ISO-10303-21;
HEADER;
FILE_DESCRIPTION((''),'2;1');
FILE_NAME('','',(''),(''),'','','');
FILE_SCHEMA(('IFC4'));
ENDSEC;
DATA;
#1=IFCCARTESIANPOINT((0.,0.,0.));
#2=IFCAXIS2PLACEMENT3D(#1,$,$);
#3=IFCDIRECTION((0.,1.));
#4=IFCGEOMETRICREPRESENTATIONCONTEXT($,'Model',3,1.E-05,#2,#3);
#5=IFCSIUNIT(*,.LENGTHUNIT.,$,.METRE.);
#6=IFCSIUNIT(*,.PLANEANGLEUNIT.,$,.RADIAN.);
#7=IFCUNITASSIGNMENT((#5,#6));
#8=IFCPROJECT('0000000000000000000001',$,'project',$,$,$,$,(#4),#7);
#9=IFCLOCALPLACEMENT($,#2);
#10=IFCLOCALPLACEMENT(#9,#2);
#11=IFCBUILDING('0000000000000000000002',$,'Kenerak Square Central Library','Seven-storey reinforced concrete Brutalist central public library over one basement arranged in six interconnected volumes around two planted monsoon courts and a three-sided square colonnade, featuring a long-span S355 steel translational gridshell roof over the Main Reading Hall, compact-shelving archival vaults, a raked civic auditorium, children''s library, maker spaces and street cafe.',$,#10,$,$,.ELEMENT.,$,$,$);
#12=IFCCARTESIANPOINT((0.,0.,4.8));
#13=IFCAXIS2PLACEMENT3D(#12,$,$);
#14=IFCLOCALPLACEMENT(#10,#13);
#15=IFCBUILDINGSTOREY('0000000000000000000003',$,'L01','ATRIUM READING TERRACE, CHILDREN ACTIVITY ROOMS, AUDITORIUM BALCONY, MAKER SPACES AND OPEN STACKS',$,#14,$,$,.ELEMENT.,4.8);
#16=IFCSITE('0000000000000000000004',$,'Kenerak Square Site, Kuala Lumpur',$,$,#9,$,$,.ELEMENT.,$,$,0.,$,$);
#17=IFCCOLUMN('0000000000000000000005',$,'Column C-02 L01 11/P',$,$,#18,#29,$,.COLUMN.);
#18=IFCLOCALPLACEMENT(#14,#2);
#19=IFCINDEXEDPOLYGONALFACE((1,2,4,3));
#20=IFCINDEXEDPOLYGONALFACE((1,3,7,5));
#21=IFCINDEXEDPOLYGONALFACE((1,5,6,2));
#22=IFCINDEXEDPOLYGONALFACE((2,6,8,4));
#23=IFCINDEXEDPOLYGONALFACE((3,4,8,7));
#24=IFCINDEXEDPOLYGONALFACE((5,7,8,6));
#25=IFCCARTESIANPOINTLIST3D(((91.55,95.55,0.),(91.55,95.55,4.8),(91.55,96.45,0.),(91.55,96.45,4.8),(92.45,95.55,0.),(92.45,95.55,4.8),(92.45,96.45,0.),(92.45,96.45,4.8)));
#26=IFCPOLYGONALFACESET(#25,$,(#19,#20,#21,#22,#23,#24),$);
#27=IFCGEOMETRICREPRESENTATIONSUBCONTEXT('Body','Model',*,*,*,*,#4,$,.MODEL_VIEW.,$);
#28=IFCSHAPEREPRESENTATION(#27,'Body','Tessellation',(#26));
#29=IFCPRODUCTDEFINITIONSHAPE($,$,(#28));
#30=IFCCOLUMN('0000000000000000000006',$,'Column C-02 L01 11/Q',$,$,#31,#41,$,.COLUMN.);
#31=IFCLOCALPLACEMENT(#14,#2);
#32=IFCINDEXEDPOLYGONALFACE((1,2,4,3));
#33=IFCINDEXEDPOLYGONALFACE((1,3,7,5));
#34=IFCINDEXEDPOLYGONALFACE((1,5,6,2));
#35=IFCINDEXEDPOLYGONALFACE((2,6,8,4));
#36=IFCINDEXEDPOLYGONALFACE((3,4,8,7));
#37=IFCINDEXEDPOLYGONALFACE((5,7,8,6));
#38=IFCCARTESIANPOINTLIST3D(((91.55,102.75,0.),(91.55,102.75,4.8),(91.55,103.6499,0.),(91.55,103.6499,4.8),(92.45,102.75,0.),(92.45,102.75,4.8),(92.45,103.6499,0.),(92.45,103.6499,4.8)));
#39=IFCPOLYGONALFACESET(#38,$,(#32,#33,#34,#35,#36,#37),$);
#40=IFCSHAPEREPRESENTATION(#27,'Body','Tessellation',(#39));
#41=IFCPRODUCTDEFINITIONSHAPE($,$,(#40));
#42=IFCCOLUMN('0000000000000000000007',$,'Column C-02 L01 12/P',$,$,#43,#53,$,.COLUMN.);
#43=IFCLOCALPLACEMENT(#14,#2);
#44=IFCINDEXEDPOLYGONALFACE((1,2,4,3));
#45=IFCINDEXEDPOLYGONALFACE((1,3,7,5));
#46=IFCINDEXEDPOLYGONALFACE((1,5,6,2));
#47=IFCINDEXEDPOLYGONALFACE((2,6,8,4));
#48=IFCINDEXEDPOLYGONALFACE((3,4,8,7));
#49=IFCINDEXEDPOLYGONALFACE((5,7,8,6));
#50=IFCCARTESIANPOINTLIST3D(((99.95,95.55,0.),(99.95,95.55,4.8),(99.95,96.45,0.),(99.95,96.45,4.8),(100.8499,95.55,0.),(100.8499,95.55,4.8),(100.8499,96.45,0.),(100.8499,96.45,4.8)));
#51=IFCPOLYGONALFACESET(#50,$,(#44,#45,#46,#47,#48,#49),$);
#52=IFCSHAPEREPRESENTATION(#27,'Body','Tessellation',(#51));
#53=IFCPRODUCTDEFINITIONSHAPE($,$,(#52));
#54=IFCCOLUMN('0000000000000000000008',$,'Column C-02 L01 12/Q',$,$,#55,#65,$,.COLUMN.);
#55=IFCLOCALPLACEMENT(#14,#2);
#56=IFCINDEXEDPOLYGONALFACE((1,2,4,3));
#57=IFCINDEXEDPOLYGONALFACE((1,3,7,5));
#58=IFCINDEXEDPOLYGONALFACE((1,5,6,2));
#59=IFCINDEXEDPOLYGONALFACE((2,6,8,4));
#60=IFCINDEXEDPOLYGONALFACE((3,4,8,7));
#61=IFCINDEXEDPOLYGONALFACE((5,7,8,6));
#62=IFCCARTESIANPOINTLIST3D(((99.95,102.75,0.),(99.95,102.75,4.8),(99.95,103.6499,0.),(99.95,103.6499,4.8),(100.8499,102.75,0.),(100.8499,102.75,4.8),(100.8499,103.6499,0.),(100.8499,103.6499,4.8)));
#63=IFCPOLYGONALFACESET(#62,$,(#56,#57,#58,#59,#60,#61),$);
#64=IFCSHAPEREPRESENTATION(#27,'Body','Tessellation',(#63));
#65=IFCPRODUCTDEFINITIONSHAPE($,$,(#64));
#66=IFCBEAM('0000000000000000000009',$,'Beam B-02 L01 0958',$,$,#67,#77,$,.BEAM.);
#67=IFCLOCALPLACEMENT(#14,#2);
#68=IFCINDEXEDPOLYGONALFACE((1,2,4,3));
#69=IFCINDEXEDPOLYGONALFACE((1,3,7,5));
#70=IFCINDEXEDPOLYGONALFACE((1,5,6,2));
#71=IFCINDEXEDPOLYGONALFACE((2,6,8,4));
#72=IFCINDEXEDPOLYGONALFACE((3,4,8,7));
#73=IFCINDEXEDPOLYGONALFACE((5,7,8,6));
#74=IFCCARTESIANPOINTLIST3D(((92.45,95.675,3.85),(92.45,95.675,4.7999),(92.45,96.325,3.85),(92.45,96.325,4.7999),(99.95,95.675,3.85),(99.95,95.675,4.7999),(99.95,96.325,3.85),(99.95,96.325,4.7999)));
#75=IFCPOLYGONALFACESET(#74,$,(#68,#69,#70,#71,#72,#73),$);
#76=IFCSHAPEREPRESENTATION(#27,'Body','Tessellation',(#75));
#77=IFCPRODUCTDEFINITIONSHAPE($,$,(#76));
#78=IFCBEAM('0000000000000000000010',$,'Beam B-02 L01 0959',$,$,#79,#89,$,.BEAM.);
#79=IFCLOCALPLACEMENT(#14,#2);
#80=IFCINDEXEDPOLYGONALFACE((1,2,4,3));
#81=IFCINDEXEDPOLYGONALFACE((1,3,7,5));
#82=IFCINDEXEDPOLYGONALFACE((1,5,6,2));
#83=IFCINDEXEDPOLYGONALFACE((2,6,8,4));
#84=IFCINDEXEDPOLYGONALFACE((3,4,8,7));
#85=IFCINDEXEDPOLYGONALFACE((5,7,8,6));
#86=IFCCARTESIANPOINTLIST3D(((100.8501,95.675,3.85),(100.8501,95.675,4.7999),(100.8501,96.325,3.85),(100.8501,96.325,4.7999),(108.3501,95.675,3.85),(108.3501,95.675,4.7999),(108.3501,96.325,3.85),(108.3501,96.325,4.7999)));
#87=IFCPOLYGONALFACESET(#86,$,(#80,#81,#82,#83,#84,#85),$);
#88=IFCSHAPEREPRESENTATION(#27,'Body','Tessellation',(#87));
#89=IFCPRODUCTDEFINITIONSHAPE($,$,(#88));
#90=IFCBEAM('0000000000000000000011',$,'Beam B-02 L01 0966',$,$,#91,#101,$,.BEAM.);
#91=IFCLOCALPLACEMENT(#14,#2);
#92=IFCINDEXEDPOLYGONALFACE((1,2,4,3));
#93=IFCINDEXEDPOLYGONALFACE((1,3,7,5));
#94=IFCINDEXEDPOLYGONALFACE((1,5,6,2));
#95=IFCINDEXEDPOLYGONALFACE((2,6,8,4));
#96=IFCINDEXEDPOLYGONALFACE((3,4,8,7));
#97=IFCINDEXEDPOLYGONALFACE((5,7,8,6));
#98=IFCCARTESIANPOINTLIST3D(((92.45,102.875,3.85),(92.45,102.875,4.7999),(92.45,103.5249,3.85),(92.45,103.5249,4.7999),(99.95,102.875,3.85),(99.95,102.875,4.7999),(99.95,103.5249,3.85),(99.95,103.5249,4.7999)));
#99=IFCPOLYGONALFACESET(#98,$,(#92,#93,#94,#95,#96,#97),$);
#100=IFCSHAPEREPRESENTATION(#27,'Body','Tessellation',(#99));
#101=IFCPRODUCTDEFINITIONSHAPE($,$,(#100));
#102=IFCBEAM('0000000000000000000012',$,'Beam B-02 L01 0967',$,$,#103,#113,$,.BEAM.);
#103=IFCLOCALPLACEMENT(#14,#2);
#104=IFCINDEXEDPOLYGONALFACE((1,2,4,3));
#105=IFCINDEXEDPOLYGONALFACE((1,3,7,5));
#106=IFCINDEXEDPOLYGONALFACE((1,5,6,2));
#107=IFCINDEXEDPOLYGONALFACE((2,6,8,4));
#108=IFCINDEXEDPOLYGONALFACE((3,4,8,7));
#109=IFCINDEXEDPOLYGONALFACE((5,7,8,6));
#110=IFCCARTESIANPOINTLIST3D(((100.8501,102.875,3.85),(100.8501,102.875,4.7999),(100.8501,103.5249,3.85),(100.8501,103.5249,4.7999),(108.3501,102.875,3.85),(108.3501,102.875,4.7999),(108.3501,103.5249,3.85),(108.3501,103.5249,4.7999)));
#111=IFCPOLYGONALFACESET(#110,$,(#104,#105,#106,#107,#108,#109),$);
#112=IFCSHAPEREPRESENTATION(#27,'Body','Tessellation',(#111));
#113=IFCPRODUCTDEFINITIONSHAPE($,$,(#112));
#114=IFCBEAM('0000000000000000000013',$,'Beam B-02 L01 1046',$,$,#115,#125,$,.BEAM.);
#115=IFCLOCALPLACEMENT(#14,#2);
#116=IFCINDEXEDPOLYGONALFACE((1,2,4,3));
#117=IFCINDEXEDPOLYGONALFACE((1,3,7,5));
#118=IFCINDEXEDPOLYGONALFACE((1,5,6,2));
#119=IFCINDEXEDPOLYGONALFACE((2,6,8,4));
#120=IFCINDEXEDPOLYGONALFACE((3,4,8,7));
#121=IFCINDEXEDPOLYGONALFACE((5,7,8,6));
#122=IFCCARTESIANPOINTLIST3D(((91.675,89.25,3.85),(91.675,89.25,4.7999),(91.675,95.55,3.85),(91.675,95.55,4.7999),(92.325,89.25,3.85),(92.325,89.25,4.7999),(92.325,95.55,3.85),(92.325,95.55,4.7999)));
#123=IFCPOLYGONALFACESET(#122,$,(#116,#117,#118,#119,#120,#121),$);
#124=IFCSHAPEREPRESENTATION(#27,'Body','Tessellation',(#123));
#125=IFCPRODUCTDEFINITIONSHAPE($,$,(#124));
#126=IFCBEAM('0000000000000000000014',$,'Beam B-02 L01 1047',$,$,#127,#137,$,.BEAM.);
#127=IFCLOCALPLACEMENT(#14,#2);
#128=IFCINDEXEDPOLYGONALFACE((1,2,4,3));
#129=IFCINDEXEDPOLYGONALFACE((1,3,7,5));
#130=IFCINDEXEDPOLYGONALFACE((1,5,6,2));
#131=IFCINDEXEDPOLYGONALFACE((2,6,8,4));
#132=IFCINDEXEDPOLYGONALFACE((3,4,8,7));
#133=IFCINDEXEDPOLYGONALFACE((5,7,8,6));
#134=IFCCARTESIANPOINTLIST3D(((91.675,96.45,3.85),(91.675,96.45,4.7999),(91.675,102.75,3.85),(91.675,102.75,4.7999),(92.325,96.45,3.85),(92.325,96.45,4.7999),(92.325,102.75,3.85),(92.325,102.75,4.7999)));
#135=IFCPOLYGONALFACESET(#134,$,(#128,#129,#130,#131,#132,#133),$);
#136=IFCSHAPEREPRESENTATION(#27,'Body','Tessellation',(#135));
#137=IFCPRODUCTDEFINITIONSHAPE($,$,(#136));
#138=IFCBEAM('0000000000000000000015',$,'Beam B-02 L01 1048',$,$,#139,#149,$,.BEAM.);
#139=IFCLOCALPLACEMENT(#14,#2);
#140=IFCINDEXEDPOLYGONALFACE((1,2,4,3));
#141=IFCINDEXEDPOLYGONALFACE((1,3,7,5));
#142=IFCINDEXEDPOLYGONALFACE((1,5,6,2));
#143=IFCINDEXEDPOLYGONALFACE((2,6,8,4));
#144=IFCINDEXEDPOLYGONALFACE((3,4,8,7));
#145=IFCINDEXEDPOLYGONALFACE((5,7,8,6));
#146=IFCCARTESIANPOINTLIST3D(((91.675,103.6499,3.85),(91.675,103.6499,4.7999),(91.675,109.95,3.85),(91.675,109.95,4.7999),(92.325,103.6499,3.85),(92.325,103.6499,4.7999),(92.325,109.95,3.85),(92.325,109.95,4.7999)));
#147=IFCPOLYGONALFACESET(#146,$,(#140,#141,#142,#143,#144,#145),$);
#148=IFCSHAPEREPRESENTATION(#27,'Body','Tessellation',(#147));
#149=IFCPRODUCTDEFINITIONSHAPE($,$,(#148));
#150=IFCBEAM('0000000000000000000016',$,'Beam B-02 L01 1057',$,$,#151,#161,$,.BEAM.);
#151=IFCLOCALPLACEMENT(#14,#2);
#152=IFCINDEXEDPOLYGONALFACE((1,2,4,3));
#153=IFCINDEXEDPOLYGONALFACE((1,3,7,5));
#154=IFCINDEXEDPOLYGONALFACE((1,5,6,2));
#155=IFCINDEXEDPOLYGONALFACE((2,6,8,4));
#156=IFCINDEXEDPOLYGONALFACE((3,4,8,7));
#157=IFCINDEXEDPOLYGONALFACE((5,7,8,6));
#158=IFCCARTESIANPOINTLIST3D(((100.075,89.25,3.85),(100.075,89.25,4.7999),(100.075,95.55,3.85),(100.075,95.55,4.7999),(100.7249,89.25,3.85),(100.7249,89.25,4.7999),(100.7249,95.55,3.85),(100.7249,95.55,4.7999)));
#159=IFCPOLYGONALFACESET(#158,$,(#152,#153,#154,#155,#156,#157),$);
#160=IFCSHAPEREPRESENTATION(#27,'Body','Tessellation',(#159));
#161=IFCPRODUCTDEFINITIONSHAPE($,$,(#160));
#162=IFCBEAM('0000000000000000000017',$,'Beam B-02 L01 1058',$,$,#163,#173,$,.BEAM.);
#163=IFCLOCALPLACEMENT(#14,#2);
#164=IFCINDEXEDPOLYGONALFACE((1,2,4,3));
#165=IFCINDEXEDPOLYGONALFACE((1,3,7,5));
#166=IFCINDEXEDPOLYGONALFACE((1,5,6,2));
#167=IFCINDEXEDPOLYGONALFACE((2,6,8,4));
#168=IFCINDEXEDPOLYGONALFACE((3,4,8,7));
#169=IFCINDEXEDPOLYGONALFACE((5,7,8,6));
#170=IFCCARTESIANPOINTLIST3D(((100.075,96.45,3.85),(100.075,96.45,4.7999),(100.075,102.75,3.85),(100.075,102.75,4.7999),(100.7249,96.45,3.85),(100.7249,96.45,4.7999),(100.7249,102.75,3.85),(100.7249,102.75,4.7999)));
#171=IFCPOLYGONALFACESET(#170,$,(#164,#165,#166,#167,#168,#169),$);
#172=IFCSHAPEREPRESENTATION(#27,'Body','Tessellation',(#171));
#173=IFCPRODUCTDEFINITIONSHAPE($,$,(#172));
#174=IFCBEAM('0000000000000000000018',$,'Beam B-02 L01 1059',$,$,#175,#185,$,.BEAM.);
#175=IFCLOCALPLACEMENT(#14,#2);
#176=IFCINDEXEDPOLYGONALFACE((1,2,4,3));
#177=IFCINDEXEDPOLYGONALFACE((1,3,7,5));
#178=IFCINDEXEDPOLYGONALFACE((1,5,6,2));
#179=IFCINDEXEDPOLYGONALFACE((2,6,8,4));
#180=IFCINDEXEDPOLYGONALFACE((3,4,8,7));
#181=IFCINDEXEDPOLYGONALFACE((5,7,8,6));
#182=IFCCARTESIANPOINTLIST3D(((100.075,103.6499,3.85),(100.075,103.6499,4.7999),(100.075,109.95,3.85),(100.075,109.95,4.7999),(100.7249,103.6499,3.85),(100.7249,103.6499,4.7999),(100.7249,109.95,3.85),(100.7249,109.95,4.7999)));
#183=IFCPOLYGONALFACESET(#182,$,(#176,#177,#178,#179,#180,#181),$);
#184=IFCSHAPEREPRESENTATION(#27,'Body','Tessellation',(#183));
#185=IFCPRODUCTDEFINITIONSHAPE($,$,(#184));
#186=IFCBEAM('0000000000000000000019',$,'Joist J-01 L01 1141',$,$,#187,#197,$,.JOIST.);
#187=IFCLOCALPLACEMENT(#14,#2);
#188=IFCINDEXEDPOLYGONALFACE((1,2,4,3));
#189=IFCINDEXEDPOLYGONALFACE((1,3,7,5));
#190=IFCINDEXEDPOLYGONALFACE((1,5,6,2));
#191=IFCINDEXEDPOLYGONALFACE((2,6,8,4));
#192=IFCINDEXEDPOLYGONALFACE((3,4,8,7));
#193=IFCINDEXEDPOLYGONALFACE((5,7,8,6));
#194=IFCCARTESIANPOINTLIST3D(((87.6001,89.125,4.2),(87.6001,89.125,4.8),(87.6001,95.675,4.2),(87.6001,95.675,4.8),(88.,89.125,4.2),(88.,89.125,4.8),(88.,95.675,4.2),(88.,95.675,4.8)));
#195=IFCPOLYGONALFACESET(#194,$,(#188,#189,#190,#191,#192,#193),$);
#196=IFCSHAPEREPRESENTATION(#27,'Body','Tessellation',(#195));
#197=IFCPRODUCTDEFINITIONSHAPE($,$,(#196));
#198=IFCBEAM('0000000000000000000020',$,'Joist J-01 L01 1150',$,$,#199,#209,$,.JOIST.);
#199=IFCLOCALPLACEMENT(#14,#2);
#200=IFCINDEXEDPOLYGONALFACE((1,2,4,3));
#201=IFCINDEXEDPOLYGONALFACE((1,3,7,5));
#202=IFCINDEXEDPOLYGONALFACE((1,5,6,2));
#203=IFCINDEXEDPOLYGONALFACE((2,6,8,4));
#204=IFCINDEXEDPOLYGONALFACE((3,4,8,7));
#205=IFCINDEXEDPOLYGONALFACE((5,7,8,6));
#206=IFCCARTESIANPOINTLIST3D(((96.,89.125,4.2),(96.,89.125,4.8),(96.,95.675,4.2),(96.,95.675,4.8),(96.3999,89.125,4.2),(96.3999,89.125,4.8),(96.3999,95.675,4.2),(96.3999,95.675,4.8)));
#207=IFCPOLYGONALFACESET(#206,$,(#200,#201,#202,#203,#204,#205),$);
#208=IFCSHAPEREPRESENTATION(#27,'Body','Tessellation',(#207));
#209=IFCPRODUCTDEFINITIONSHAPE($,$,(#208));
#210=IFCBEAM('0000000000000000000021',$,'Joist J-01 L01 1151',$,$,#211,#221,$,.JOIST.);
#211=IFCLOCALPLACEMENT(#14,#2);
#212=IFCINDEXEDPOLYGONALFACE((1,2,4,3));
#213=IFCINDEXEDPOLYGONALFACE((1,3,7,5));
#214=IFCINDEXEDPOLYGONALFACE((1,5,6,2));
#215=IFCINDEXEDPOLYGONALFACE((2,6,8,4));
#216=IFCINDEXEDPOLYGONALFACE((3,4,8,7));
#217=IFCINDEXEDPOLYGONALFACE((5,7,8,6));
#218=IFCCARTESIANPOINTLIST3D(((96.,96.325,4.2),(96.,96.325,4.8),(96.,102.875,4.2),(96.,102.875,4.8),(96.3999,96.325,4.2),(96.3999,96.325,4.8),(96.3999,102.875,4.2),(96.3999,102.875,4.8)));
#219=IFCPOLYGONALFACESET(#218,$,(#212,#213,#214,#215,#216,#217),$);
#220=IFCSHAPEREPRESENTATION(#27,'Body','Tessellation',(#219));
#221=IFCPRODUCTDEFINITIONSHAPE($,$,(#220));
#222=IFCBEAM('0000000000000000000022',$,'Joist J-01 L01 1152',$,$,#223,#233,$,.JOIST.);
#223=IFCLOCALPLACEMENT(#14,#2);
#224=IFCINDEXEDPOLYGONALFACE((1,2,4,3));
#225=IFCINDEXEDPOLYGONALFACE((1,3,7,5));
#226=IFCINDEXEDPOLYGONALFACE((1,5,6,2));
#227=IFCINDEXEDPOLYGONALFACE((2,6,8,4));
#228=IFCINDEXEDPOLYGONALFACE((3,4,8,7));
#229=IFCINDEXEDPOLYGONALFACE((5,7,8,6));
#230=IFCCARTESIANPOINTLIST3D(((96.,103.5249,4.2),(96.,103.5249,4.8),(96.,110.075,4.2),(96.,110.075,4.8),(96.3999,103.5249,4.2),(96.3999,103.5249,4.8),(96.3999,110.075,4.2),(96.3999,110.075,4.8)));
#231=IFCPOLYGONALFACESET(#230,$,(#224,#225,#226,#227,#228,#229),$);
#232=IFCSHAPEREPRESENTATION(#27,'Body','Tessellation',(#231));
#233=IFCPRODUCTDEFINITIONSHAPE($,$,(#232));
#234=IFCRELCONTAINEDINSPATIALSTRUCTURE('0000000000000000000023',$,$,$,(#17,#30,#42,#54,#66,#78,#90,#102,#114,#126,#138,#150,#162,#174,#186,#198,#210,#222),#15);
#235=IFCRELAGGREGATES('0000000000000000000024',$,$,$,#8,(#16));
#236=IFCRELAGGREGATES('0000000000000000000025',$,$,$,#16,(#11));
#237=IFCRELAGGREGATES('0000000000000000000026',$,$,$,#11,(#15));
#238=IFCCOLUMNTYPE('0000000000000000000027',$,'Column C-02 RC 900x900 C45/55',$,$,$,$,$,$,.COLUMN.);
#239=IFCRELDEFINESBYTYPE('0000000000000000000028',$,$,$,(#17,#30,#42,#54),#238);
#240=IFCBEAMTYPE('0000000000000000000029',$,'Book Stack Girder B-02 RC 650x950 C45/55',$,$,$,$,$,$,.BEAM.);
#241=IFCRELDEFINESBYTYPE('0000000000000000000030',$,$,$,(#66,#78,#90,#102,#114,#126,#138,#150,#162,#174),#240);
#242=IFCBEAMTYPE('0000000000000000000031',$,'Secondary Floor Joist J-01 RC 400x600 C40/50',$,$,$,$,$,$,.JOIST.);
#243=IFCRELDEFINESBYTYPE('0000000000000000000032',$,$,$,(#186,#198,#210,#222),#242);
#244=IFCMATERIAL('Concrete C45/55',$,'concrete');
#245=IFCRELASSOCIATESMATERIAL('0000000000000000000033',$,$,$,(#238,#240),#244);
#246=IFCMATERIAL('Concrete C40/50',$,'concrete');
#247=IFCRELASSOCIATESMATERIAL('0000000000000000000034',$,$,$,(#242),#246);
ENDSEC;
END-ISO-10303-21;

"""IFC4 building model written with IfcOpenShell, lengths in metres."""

from ifc_helpers import new_model, si_unit, direction, frame, origin, origin_2d, place, context, subcontext, project, spatial, rectangle, extrude, material, material_profile, profile_set, type_object, element, save


model = new_model("IFC4")

# Units and contexts
model_context = context("Model", 3, precision=1e-05, world=origin(), true_north=direction((0.0, 1.0)))
body_context = subcontext(model_context, "Body", "Model", "MODEL_VIEW")
ifc_project = project(units=[si_unit("LENGTHUNIT", "METRE"), si_unit("PLANEANGLEUNIT", "RADIAN")], contexts=[model_context])

# Site, building, storey
site_placement = place(None, origin())
site = spatial("IfcSite", under=ifc_project, at=site_placement, Name="Kenerak Square Site, Kuala Lumpur", CompositionType="ELEMENT", RefElevation=0.0)
building_placement = place(site_placement, origin())
building = spatial("IfcBuilding", under=site, at=building_placement, Name="Kenerak Square Central Library", Description="Seven-storey reinforced concrete Brutalist central public library over one basement arranged in six interconnected volumes around two planted monsoon courts and a three-sided square colonnade, featuring a long-span S355 steel translational gridshell roof over the Main Reading Hall, compact-shelving archival vaults, a raked civic auditorium, children's library, maker spaces and street cafe.", CompositionType="ELEMENT")
storey_placement = place(building_placement, frame((0.0, 0.0, 4.8)))
storey = spatial("IfcBuildingStorey", under=building, at=storey_placement, Name="L01", Description="ATRIUM READING TERRACE, CHILDREN ACTIVITY ROOMS, AUDITORIUM BALCONY, MAKER SPACES AND OPEN STACKS", CompositionType="ELEMENT", Elevation=4.8)

# Columns
ifc_material_1 = material(Name="Concrete C45/55", Category="concrete")
ifc_material_profile_1 = material_profile(ifc_material_1, rectangle(XDim=0.8999, YDim=0.8999, at=origin_2d()), Name="RC 900x900")
ifc_profile_set_1 = profile_set([ifc_material_profile_1], Name="Concrete C45/55")
column_type = type_object("IfcColumnType", Name="Column C-02 RC 900x900 C45/55", PredefinedType="COLUMN", material=ifc_profile_set_1)
for number, where, z_axis, x_axis, name in (
    (1, (92.0, 96.0, 0.0), (0.0, 0.0, 1.0), (1.0, 0.0, 0.0), "Column C-02 L01 11/P"),
    (2, (92.0, 103.2, 0.0), (0.0, 0.0, 1.0), (1.0, 0.0, 0.0), "Column C-02 L01 11/Q"),
    (3, (100.3999, 96.0, 0.0), (0.0, 0.0, 1.0), (1.0, 0.0, 0.0), "Column C-02 L01 12/P"),
    (4, (100.3999, 103.2, 0.0), (0.0, 0.0, 1.0), (1.0, 0.0, 0.0), "Column C-02 L01 12/Q"),
):
    element("IfcColumn", number, at=place(storey_placement, frame(where, z_axis=z_axis, x_axis=x_axis)), inside=storey, type_object=column_type, Name=name, PredefinedType="COLUMN", context=body_context, shape_type="SweptSolid", body=[
        extrude(rectangle(XDim=0.8999, YDim=0.8999, at=origin_2d()), origin(), (0.0, 0.0, 1.0), 4.8),
    ])

# Beams
ifc_material_profile_2 = material_profile(ifc_material_1, rectangle(XDim=0.6499, YDim=0.95, at=origin_2d()), Name="RC 650x950")
ifc_profile_set_2 = profile_set([ifc_material_profile_2], Name="Concrete C45/55")
beam_type_1 = type_object("IfcBeamType", Name="Book Stack Girder B-02 RC 650x950 C45/55", PredefinedType="BEAM", material=ifc_profile_set_2)
for number, where, z_axis, x_axis, name in (
    (5, (92.45, 96.0, 4.325), (1.0, 0.0, 0.0), (0.0, 1.0, 0.0), "Beam B-02 L01 0958"),
    (6, (100.8501, 96.0, 4.325), (1.0, 0.0, 0.0), (0.0, 1.0, 0.0), "Beam B-02 L01 0959"),
    (7, (92.45, 103.2, 4.325), (1.0, 0.0, 0.0), (0.0, 1.0, 0.0), "Beam B-02 L01 0966"),
    (8, (100.8501, 103.2, 4.325), (1.0, 0.0, 0.0), (0.0, 1.0, 0.0), "Beam B-02 L01 0967"),
):
    element("IfcBeam", number, at=place(storey_placement, frame(where, z_axis=z_axis, x_axis=x_axis)), inside=storey, type_object=beam_type_1, Name=name, PredefinedType="BEAM", context=body_context, shape_type="SweptSolid", body=[
        extrude(rectangle(XDim=0.6499, YDim=0.95, at=origin_2d()), origin(), (0.0, 0.0, 1.0), 7.5),
    ])
for number, where, z_axis, x_axis, name in (
    (9, (92.0, 89.25, 4.325), (0.0, 1.0, 0.0), (-1.0, 0.0, 0.0), "Beam B-02 L01 1046"),
    (10, (92.0, 96.45, 4.325), (0.0, 1.0, 0.0), (-1.0, 0.0, 0.0), "Beam B-02 L01 1047"),
    (11, (92.0, 103.6499, 4.325), (0.0, 1.0, 0.0), (-1.0, 0.0, 0.0), "Beam B-02 L01 1048"),
    (12, (100.3999, 89.25, 4.325), (0.0, 1.0, 0.0), (-1.0, 0.0, 0.0), "Beam B-02 L01 1057"),
    (13, (100.3999, 96.45, 4.325), (0.0, 1.0, 0.0), (-1.0, 0.0, 0.0), "Beam B-02 L01 1058"),
    (14, (100.3999, 103.6499, 4.325), (0.0, 1.0, 0.0), (-1.0, 0.0, 0.0), "Beam B-02 L01 1059"),
):
    element("IfcBeam", number, at=place(storey_placement, frame(where, z_axis=z_axis, x_axis=x_axis)), inside=storey, type_object=beam_type_1, Name=name, PredefinedType="BEAM", context=body_context, shape_type="SweptSolid", body=[
        extrude(rectangle(XDim=0.6499, YDim=0.95, at=origin_2d()), origin(), (0.0, 0.0, 1.0), 6.3),
    ])
ifc_material_2 = material(Name="Concrete C40/50", Category="concrete")
ifc_material_profile_3 = material_profile(ifc_material_2, rectangle(XDim=0.3999, YDim=0.6001, at=origin_2d()), Name="RC 400x600")
ifc_profile_set_3 = profile_set([ifc_material_profile_3], Name="Concrete C40/50")
beam_type_2 = type_object("IfcBeamType", Name="Secondary Floor Joist J-01 RC 400x600 C40/50", PredefinedType="JOIST", material=ifc_profile_set_3)
for number, where, z_axis, x_axis, name in (
    (15, (87.8, 89.125, 4.5), (0.0, 1.0, 0.0), (-1.0, 0.0, 0.0), "Joist J-01 L01 1141"),
    (16, (96.2, 89.125, 4.5), (0.0, 1.0, 0.0), (-1.0, 0.0, 0.0), "Joist J-01 L01 1150"),
    (17, (96.2, 96.325, 4.5), (0.0, 1.0, 0.0), (-1.0, 0.0, 0.0), "Joist J-01 L01 1151"),
    (18, (96.2, 103.5249, 4.5), (0.0, 1.0, 0.0), (-1.0, 0.0, 0.0), "Joist J-01 L01 1152"),
):
    element("IfcBeam", number, at=place(storey_placement, frame(where, z_axis=z_axis, x_axis=x_axis)), inside=storey, type_object=beam_type_2, Name=name, PredefinedType="JOIST", context=body_context, shape_type="SweptSolid", body=[
        extrude(rectangle(XDim=0.3999, YDim=0.6001, at=origin_2d()), origin(), (0.0, 0.0, 1.0), 6.55),
    ])

save(model, "model.ifc")
